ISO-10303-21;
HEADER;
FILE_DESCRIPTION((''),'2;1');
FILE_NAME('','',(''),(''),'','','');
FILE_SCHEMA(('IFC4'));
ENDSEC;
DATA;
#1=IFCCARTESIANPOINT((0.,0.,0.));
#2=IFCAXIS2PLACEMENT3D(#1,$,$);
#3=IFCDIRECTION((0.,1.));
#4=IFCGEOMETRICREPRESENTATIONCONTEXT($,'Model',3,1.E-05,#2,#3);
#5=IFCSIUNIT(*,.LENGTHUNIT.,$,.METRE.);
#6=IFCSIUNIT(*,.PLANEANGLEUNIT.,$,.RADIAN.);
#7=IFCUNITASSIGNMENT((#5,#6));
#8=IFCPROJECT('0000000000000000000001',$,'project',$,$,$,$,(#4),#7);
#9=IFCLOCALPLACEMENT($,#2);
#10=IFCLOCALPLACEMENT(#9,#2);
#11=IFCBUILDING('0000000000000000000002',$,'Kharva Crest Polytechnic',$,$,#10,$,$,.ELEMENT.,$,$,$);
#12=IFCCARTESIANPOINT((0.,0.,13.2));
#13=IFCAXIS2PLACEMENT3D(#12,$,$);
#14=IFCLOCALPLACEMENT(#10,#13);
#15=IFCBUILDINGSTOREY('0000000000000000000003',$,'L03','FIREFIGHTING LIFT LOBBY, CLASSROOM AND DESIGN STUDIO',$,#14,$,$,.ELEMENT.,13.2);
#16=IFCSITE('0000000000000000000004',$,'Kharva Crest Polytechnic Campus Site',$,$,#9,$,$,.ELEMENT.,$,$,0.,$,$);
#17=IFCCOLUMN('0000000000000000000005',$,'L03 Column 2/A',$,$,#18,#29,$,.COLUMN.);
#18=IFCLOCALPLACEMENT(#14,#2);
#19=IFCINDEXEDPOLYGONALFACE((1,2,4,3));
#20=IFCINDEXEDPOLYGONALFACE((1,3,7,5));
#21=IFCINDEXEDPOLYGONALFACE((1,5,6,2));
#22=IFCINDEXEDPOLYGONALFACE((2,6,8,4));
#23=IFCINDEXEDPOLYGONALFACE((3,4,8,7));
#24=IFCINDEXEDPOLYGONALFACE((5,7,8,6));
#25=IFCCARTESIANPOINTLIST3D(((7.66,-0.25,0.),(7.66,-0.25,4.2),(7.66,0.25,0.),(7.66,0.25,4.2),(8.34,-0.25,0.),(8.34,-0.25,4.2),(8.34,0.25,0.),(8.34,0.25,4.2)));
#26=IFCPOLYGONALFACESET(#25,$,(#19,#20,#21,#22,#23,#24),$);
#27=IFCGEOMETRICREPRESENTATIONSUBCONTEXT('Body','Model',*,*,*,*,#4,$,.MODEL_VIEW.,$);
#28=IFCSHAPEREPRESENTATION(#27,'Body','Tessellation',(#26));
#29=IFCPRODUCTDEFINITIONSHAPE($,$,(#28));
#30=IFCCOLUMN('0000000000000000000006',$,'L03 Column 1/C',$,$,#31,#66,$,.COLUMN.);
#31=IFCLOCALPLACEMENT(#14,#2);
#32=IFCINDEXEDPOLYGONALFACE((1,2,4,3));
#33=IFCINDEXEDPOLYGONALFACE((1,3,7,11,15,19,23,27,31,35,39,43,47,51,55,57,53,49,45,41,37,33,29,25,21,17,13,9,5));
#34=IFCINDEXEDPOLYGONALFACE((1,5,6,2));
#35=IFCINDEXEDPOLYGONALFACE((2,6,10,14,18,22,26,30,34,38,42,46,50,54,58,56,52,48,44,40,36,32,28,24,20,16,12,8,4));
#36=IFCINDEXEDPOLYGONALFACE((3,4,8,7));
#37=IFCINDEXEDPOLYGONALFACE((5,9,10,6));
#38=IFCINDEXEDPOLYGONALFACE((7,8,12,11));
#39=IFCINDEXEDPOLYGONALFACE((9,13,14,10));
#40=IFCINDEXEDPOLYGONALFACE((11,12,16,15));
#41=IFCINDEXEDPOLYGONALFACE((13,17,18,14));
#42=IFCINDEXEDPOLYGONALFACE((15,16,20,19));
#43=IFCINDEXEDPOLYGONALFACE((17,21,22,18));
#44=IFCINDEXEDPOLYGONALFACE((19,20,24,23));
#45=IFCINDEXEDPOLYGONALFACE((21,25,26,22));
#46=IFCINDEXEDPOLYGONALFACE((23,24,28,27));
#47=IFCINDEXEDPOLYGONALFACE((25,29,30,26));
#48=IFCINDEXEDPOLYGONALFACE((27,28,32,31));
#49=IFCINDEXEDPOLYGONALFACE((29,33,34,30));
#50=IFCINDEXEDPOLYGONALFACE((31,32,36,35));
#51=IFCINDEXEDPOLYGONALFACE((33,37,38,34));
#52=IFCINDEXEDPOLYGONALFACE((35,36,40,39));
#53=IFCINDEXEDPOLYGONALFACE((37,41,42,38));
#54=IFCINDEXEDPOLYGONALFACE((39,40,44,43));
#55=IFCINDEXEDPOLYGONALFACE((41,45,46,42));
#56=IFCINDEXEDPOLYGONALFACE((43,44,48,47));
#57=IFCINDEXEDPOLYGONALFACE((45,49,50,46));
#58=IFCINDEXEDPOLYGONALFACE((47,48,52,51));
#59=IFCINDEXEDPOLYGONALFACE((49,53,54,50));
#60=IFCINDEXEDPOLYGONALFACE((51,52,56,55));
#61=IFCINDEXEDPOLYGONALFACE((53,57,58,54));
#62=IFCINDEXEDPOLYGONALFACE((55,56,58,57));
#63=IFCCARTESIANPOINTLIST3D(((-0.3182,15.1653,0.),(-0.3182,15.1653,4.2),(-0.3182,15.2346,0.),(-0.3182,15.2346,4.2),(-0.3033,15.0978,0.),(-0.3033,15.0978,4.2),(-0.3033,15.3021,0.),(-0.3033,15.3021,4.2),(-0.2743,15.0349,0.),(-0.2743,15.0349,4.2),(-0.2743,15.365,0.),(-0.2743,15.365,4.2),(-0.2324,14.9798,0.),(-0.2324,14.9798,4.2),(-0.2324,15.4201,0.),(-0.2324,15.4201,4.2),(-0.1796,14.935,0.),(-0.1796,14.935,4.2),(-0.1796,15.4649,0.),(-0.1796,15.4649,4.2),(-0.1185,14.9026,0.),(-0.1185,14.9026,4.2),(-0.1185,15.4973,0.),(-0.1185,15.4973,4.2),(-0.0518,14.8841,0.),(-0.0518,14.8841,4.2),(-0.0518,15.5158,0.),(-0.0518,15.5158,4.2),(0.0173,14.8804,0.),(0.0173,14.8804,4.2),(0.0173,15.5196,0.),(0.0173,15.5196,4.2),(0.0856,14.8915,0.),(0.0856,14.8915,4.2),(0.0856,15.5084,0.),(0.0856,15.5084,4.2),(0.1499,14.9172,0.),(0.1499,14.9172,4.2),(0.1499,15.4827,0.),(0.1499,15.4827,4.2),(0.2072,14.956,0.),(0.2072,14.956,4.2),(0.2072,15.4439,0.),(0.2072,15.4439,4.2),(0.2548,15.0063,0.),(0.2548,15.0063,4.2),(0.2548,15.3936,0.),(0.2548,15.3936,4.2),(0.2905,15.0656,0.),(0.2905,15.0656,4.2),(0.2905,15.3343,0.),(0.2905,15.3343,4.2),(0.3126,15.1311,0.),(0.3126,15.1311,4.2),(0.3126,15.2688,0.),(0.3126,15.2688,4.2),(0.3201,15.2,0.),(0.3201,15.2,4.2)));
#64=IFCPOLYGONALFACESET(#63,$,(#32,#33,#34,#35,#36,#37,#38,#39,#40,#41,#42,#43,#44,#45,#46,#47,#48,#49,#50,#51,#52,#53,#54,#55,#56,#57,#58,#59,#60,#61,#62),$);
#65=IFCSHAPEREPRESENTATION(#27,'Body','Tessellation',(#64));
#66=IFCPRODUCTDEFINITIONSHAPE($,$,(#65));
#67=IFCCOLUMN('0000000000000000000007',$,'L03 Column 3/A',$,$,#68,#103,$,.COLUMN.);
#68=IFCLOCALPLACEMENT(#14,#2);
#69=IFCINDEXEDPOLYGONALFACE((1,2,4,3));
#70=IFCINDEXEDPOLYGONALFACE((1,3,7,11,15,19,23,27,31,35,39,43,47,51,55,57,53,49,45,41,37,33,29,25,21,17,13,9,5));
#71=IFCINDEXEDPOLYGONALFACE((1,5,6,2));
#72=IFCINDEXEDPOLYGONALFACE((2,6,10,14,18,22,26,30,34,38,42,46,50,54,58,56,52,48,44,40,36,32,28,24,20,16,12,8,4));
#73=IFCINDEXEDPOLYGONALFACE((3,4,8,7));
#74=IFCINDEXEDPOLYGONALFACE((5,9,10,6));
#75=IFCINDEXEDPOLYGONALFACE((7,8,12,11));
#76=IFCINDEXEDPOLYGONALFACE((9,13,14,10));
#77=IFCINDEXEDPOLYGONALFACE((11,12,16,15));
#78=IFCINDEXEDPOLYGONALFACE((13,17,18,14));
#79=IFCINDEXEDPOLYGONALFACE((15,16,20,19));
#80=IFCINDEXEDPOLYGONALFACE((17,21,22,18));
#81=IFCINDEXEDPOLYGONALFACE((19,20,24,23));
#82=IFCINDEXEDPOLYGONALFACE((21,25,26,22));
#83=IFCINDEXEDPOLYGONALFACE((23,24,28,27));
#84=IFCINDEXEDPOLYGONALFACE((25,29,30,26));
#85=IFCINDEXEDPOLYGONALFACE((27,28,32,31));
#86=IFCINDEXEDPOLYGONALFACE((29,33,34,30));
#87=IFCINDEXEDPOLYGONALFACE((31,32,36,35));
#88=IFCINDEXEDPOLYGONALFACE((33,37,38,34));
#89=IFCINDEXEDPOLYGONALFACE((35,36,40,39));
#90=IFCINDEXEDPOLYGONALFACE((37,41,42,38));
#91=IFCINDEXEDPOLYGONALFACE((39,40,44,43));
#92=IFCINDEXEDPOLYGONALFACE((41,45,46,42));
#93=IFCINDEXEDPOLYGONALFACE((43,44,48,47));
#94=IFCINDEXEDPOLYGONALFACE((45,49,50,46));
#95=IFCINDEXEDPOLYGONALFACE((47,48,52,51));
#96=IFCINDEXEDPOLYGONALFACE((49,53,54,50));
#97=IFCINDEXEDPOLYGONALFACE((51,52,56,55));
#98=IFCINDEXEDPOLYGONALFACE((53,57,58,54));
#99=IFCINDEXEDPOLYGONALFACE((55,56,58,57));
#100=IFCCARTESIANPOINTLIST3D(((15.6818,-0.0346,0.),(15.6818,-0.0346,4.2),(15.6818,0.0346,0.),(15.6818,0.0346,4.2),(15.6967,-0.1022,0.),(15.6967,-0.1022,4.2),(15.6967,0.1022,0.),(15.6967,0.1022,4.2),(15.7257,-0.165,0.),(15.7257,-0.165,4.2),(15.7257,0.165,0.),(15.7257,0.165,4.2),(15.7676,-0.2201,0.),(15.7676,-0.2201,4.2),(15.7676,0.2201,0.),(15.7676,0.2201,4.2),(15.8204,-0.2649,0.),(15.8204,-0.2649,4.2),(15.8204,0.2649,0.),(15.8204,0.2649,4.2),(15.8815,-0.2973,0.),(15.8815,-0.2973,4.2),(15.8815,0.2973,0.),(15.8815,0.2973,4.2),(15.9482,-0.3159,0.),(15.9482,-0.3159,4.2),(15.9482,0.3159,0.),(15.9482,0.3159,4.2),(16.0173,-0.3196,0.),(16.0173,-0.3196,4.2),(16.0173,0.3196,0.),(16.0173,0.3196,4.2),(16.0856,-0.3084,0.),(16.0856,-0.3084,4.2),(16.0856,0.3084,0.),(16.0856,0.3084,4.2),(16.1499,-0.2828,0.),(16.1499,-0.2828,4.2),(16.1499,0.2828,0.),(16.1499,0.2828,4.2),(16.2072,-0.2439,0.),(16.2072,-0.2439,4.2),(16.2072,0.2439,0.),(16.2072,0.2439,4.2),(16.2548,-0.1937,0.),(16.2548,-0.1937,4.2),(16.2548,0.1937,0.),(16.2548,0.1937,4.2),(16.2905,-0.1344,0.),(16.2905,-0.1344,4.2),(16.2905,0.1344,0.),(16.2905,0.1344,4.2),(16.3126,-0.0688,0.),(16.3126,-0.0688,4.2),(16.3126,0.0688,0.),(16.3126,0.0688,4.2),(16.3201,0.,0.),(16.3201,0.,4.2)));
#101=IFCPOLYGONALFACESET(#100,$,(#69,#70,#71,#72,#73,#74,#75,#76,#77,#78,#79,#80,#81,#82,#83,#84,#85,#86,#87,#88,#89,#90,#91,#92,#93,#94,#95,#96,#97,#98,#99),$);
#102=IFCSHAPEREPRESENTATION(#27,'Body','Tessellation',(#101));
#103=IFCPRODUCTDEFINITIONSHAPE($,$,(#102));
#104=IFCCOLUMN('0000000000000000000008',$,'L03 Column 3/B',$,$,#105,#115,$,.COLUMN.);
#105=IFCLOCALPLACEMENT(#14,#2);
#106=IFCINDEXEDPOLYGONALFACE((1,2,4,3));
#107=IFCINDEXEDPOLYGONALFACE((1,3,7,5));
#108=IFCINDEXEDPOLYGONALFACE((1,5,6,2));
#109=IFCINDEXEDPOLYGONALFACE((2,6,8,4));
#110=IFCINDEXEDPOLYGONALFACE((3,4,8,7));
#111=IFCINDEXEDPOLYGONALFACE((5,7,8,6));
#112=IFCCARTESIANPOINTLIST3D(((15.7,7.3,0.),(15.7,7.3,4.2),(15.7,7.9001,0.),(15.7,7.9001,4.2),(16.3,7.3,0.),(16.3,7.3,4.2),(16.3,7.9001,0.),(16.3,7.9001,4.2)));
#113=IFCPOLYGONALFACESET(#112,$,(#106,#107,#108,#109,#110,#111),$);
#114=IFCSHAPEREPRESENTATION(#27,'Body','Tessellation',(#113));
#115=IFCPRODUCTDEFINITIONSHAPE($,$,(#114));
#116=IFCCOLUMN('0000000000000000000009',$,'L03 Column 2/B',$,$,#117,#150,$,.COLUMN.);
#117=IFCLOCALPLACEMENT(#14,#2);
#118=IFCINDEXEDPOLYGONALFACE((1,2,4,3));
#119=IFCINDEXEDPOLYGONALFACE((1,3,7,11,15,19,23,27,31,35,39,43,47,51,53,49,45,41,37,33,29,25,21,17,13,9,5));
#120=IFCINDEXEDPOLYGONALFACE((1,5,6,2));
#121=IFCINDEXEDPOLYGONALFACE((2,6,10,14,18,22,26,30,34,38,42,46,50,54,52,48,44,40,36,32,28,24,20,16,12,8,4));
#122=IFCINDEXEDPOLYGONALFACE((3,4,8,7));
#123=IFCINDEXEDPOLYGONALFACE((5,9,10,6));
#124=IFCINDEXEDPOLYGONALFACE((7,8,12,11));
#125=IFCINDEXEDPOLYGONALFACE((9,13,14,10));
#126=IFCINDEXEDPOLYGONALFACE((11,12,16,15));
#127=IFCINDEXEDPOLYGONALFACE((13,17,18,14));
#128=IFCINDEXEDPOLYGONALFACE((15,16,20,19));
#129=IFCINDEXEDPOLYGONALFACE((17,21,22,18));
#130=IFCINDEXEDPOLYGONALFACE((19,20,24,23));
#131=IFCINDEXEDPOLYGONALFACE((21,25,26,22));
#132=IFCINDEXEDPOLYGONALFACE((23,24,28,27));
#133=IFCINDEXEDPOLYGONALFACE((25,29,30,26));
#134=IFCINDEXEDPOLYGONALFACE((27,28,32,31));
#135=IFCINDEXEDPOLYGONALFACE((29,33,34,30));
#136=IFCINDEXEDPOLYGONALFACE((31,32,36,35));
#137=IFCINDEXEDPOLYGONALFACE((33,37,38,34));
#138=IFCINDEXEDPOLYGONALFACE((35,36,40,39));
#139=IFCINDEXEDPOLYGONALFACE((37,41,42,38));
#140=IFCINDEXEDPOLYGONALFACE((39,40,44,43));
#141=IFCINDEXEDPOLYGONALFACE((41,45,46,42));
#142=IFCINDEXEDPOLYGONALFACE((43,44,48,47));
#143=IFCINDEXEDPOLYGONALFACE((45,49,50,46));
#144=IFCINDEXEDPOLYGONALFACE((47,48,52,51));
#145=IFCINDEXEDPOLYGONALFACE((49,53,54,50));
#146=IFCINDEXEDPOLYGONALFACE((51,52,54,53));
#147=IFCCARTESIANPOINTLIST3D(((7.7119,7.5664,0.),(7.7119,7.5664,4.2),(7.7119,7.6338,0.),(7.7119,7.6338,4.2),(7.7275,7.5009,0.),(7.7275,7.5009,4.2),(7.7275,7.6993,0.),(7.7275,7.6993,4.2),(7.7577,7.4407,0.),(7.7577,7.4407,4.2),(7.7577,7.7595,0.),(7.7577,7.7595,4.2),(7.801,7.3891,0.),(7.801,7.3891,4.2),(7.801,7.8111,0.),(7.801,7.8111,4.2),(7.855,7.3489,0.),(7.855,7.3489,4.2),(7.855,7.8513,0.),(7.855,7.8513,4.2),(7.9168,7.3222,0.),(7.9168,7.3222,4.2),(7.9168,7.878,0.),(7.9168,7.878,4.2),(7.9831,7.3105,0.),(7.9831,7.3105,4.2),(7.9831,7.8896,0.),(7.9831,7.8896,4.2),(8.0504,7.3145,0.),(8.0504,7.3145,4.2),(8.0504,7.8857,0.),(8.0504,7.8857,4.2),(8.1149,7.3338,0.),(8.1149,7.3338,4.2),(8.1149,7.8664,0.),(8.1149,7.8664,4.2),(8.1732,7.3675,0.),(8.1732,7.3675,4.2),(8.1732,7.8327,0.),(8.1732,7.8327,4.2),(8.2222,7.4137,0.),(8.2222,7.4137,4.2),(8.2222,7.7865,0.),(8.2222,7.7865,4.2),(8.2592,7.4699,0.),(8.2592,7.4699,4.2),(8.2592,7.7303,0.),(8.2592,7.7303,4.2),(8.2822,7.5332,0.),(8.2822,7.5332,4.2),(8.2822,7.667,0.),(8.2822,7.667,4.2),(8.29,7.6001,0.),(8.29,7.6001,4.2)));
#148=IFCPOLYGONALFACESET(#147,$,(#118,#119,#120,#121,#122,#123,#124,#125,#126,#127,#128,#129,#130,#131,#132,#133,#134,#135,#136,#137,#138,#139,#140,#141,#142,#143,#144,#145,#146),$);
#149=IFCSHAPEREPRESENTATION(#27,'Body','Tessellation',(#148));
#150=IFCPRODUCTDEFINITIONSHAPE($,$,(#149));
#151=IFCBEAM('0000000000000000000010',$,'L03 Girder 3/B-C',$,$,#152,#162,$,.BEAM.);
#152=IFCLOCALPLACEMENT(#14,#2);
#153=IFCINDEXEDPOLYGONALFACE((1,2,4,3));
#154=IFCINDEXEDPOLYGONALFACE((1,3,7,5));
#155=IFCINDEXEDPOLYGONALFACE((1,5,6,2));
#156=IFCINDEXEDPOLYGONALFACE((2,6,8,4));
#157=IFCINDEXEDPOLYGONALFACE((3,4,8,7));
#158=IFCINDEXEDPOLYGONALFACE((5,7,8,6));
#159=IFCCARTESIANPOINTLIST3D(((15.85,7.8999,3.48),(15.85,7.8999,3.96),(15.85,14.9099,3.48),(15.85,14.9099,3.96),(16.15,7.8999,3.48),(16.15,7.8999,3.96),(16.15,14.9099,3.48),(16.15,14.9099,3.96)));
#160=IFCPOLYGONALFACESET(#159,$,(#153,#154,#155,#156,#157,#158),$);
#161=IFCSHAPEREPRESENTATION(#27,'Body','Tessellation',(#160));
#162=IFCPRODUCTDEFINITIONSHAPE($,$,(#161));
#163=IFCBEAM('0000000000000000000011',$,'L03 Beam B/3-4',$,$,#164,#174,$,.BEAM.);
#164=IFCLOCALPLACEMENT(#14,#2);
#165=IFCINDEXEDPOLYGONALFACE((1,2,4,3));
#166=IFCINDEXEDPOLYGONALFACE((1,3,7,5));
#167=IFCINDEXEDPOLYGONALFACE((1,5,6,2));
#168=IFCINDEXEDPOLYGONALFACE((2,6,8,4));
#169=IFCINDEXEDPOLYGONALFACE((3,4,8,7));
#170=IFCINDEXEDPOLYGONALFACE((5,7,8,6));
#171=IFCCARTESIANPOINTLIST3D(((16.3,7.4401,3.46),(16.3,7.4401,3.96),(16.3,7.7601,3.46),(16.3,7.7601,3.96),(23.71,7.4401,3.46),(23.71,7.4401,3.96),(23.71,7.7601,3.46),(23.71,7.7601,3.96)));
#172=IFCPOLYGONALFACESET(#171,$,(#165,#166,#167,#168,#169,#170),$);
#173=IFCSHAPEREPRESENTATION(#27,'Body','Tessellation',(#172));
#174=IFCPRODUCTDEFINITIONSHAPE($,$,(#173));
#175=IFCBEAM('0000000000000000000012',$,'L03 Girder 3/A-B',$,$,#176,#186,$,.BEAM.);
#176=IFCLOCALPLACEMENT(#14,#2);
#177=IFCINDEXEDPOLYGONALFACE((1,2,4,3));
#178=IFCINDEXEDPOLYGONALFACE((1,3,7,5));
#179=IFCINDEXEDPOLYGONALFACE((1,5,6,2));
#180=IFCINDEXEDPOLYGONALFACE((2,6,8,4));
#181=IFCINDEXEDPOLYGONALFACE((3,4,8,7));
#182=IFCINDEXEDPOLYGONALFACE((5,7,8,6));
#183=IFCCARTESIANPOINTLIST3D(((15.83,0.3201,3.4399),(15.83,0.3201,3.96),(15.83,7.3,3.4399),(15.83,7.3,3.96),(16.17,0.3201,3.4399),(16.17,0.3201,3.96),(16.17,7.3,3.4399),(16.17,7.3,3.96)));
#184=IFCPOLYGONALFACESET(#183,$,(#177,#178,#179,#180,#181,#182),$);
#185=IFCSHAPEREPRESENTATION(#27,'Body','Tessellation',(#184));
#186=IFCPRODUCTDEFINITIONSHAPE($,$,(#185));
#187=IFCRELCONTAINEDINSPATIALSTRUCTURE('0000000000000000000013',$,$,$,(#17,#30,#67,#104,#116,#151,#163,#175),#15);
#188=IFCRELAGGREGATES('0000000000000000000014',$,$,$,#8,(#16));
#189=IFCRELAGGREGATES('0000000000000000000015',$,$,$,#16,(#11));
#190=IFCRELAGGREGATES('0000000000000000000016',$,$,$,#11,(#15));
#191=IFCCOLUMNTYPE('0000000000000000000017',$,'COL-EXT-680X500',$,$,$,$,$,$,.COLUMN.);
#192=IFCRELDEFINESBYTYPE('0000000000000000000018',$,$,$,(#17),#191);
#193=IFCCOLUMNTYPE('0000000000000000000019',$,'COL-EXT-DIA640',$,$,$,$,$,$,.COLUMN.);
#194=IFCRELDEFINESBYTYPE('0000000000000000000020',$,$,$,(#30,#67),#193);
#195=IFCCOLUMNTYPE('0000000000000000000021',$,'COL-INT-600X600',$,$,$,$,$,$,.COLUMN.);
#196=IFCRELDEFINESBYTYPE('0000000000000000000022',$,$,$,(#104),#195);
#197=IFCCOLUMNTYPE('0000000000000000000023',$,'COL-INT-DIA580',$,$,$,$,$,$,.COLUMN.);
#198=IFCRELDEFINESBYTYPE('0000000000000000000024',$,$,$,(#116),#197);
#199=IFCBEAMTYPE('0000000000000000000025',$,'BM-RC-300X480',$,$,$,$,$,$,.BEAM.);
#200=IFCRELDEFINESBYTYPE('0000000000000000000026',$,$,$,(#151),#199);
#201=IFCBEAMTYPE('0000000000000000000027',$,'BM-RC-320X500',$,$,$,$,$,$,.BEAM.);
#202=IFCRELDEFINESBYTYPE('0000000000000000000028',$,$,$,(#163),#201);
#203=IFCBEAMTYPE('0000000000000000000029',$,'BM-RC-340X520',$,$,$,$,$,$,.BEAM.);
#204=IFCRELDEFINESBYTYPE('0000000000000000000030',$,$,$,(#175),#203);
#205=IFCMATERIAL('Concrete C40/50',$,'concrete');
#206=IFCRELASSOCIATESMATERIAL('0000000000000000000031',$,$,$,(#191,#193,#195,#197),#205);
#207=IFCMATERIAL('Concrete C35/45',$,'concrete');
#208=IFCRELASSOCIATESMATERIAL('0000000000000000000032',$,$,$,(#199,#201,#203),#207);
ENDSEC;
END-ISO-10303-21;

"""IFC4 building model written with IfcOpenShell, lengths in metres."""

from ifc_helpers import new_model, si_unit, direction, frame, origin, origin_2d, place, context, subcontext, project, spatial, rectangle, circle, extrude, material, material_profile, profile_set, type_object, element, save


model = new_model("IFC4")

# Units and contexts
model_context = context("Model", 3, precision=1e-05, world=origin(), true_north=direction((0.0, 1.0)))
body_context = subcontext(model_context, "Body", "Model", "MODEL_VIEW")
ifc_project = project(units=[si_unit("LENGTHUNIT", "METRE"), si_unit("PLANEANGLEUNIT", "RADIAN")], contexts=[model_context])

# Site, building, storey
site_placement = place(None, origin())
site = spatial("IfcSite", under=ifc_project, at=site_placement, Name="Kharva Crest Polytechnic Campus Site", CompositionType="ELEMENT", RefElevation=0.0)
building_placement = place(site_placement, origin())
building = spatial("IfcBuilding", under=site, at=building_placement, Name="Kharva Crest Polytechnic", CompositionType="ELEMENT")
storey_placement = place(building_placement, frame((0.0, 0.0, 13.2)))
storey = spatial("IfcBuildingStorey", under=building, at=storey_placement, Name="L03", Description="FIREFIGHTING LIFT LOBBY, CLASSROOM AND DESIGN STUDIO", CompositionType="ELEMENT", Elevation=13.2)

# Columns
ifc_material_1 = material(Name="Concrete C40/50", Category="concrete")
ifc_material_profile_1 = material_profile(ifc_material_1, rectangle(XDim=0.6799, YDim=0.5, at=origin_2d()), Name="RECT 680 X 500")
ifc_profile_set_1 = profile_set([ifc_material_profile_1], Name="Concrete C40/50")
column_type_1 = type_object("IfcColumnType", Name="COL-EXT-680X500", PredefinedType="COLUMN", material=ifc_profile_set_1)
column_1_placement = place(storey_placement, frame((8.0, 0.0, 0.0), z_axis=(0.0, 0.0, 1.0), x_axis=(1.0, 0.0, 0.0)))
element("IfcColumn", 1, at=column_1_placement, inside=storey, type_object=column_type_1, Name="L03 Column 2/A", PredefinedType="COLUMN", context=body_context, shape_type="SweptSolid", body=[
    extrude(rectangle(XDim=0.6799, YDim=0.5, at=origin_2d()), origin(), (0.0, 0.0, 1.0), 4.2),
])
ifc_material_profile_2 = material_profile(ifc_material_1, circle(Radius=0.3201, at=origin_2d()), Name="DIA 640")
ifc_profile_set_2 = profile_set([ifc_material_profile_2], Name="Concrete C40/50")
column_type_2 = type_object("IfcColumnType", Name="COL-EXT-DIA640", PredefinedType="COLUMN", material=ifc_profile_set_2)
for number, where, z_axis, x_axis, name in (
    (2, (0.0, 15.2, 0.0), (0.0, 0.0, 1.0), (1.0, 0.0, 0.0), "L03 Column 1/C"),
    (3, (16.0, 0.0, 0.0), (0.0, 0.0, 1.0), (1.0, 0.0, 0.0), "L03 Column 3/A"),
):
    element("IfcColumn", number, at=place(storey_placement, frame(where, z_axis=z_axis, x_axis=x_axis)), inside=storey, type_object=column_type_2, Name=name, PredefinedType="COLUMN", context=body_context, shape_type="SweptSolid", body=[
        extrude(circle(Radius=0.3201, at=origin_2d()), origin(), (0.0, 0.0, 1.0), 4.2),
    ])
ifc_material_profile_3 = material_profile(ifc_material_1, rectangle(XDim=0.6001, YDim=0.6001, at=origin_2d()), Name="RECT 600 X 600")
ifc_profile_set_3 = profile_set([ifc_material_profile_3], Name="Concrete C40/50")
column_type_3 = type_object("IfcColumnType", Name="COL-INT-600X600", PredefinedType="COLUMN", material=ifc_profile_set_3)
column_2_placement = place(storey_placement, frame((16.0, 7.6001, 0.0), z_axis=(0.0, 0.0, 1.0), x_axis=(1.0, 0.0, 0.0)))
element("IfcColumn", 4, at=column_2_placement, inside=storey, type_object=column_type_3, Name="L03 Column 3/B", PredefinedType="COLUMN", context=body_context, shape_type="SweptSolid", body=[
    extrude(rectangle(XDim=0.6001, YDim=0.6001, at=origin_2d()), origin(), (0.0, 0.0, 1.0), 4.2),
])
ifc_material_profile_4 = material_profile(ifc_material_1, circle(Radius=0.29, at=origin_2d()), Name="DIA 580")
ifc_profile_set_4 = profile_set([ifc_material_profile_4], Name="Concrete C40/50")
column_type_4 = type_object("IfcColumnType", Name="COL-INT-DIA580", PredefinedType="COLUMN", material=ifc_profile_set_4)
column_3_placement = place(storey_placement, frame((8.0, 7.6001, 0.0), z_axis=(0.0, 0.0, 1.0), x_axis=(1.0, 0.0, 0.0)))
element("IfcColumn", 5, at=column_3_placement, inside=storey, type_object=column_type_4, Name="L03 Column 2/B", PredefinedType="COLUMN", context=body_context, shape_type="SweptSolid", body=[
    extrude(circle(Radius=0.29, at=origin_2d()), origin(), (0.0, 0.0, 1.0), 4.2),
])

# Beams
ifc_material_2 = material(Name="Concrete C35/45", Category="concrete")
ifc_material_profile_5 = material_profile(ifc_material_2, rectangle(XDim=0.3, YDim=0.48, at=origin_2d()), Name="RECT 300 X 480")
ifc_profile_set_5 = profile_set([ifc_material_profile_5], Name="Concrete C35/45")
beam_type_1 = type_object("IfcBeamType", Name="BM-RC-300X480", PredefinedType="BEAM", material=ifc_profile_set_5)
beam_1_placement = place(storey_placement, frame((16.0, 7.8999, 3.72), z_axis=(0.0, 1.0, 0.0), x_axis=(-1.0, 0.0, 0.0)))
element("IfcBeam", 6, at=beam_1_placement, inside=storey, type_object=beam_type_1, Name="L03 Girder 3/B-C", PredefinedType="BEAM", context=body_context, shape_type="SweptSolid", body=[
    extrude(rectangle(XDim=0.3, YDim=0.48, at=origin_2d()), origin(), (0.0, 0.0, 1.0), 7.01),
])
ifc_material_profile_6 = material_profile(ifc_material_2, rectangle(XDim=0.3201, YDim=0.5, at=origin_2d()), Name="RECT 320 X 500")
ifc_profile_set_6 = profile_set([ifc_material_profile_6], Name="Concrete C35/45")
beam_type_2 = type_object("IfcBeamType", Name="BM-RC-320X500", PredefinedType="BEAM", material=ifc_profile_set_6)
beam_2_placement = place(storey_placement, frame((16.3, 7.6001, 3.71), z_axis=(1.0, 0.0, 0.0), x_axis=(0.0, 1.0, 0.0)))
element("IfcBeam", 7, at=beam_2_placement, inside=storey, type_object=beam_type_2, Name="L03 Beam B/3-4", PredefinedType="BEAM", context=body_context, shape_type="SweptSolid", body=[
    extrude(rectangle(XDim=0.3201, YDim=0.5, at=origin_2d()), origin(), (0.0, 0.0, 1.0), 7.4099),
])
ifc_material_profile_7 = material_profile(ifc_material_2, rectangle(XDim=0.3401, YDim=0.52, at=origin_2d()), Name="RECT 340 X 520")
ifc_profile_set_7 = profile_set([ifc_material_profile_7], Name="Concrete C35/45")
beam_type_3 = type_object("IfcBeamType", Name="BM-RC-340X520", PredefinedType="BEAM", material=ifc_profile_set_7)
beam_3_placement = place(storey_placement, frame((16.0, 0.3201, 3.7), z_axis=(0.0, 1.0, 0.0), x_axis=(-1.0, 0.0, 0.0)))
element("IfcBeam", 8, at=beam_3_placement, inside=storey, type_object=beam_type_3, Name="L03 Girder 3/A-B", PredefinedType="BEAM", context=body_context, shape_type="SweptSolid", body=[
    extrude(rectangle(XDim=0.3401, YDim=0.52, at=origin_2d()), origin(), (0.0, 0.0, 1.0), 6.98),
])

save(model, "model.ifc")
